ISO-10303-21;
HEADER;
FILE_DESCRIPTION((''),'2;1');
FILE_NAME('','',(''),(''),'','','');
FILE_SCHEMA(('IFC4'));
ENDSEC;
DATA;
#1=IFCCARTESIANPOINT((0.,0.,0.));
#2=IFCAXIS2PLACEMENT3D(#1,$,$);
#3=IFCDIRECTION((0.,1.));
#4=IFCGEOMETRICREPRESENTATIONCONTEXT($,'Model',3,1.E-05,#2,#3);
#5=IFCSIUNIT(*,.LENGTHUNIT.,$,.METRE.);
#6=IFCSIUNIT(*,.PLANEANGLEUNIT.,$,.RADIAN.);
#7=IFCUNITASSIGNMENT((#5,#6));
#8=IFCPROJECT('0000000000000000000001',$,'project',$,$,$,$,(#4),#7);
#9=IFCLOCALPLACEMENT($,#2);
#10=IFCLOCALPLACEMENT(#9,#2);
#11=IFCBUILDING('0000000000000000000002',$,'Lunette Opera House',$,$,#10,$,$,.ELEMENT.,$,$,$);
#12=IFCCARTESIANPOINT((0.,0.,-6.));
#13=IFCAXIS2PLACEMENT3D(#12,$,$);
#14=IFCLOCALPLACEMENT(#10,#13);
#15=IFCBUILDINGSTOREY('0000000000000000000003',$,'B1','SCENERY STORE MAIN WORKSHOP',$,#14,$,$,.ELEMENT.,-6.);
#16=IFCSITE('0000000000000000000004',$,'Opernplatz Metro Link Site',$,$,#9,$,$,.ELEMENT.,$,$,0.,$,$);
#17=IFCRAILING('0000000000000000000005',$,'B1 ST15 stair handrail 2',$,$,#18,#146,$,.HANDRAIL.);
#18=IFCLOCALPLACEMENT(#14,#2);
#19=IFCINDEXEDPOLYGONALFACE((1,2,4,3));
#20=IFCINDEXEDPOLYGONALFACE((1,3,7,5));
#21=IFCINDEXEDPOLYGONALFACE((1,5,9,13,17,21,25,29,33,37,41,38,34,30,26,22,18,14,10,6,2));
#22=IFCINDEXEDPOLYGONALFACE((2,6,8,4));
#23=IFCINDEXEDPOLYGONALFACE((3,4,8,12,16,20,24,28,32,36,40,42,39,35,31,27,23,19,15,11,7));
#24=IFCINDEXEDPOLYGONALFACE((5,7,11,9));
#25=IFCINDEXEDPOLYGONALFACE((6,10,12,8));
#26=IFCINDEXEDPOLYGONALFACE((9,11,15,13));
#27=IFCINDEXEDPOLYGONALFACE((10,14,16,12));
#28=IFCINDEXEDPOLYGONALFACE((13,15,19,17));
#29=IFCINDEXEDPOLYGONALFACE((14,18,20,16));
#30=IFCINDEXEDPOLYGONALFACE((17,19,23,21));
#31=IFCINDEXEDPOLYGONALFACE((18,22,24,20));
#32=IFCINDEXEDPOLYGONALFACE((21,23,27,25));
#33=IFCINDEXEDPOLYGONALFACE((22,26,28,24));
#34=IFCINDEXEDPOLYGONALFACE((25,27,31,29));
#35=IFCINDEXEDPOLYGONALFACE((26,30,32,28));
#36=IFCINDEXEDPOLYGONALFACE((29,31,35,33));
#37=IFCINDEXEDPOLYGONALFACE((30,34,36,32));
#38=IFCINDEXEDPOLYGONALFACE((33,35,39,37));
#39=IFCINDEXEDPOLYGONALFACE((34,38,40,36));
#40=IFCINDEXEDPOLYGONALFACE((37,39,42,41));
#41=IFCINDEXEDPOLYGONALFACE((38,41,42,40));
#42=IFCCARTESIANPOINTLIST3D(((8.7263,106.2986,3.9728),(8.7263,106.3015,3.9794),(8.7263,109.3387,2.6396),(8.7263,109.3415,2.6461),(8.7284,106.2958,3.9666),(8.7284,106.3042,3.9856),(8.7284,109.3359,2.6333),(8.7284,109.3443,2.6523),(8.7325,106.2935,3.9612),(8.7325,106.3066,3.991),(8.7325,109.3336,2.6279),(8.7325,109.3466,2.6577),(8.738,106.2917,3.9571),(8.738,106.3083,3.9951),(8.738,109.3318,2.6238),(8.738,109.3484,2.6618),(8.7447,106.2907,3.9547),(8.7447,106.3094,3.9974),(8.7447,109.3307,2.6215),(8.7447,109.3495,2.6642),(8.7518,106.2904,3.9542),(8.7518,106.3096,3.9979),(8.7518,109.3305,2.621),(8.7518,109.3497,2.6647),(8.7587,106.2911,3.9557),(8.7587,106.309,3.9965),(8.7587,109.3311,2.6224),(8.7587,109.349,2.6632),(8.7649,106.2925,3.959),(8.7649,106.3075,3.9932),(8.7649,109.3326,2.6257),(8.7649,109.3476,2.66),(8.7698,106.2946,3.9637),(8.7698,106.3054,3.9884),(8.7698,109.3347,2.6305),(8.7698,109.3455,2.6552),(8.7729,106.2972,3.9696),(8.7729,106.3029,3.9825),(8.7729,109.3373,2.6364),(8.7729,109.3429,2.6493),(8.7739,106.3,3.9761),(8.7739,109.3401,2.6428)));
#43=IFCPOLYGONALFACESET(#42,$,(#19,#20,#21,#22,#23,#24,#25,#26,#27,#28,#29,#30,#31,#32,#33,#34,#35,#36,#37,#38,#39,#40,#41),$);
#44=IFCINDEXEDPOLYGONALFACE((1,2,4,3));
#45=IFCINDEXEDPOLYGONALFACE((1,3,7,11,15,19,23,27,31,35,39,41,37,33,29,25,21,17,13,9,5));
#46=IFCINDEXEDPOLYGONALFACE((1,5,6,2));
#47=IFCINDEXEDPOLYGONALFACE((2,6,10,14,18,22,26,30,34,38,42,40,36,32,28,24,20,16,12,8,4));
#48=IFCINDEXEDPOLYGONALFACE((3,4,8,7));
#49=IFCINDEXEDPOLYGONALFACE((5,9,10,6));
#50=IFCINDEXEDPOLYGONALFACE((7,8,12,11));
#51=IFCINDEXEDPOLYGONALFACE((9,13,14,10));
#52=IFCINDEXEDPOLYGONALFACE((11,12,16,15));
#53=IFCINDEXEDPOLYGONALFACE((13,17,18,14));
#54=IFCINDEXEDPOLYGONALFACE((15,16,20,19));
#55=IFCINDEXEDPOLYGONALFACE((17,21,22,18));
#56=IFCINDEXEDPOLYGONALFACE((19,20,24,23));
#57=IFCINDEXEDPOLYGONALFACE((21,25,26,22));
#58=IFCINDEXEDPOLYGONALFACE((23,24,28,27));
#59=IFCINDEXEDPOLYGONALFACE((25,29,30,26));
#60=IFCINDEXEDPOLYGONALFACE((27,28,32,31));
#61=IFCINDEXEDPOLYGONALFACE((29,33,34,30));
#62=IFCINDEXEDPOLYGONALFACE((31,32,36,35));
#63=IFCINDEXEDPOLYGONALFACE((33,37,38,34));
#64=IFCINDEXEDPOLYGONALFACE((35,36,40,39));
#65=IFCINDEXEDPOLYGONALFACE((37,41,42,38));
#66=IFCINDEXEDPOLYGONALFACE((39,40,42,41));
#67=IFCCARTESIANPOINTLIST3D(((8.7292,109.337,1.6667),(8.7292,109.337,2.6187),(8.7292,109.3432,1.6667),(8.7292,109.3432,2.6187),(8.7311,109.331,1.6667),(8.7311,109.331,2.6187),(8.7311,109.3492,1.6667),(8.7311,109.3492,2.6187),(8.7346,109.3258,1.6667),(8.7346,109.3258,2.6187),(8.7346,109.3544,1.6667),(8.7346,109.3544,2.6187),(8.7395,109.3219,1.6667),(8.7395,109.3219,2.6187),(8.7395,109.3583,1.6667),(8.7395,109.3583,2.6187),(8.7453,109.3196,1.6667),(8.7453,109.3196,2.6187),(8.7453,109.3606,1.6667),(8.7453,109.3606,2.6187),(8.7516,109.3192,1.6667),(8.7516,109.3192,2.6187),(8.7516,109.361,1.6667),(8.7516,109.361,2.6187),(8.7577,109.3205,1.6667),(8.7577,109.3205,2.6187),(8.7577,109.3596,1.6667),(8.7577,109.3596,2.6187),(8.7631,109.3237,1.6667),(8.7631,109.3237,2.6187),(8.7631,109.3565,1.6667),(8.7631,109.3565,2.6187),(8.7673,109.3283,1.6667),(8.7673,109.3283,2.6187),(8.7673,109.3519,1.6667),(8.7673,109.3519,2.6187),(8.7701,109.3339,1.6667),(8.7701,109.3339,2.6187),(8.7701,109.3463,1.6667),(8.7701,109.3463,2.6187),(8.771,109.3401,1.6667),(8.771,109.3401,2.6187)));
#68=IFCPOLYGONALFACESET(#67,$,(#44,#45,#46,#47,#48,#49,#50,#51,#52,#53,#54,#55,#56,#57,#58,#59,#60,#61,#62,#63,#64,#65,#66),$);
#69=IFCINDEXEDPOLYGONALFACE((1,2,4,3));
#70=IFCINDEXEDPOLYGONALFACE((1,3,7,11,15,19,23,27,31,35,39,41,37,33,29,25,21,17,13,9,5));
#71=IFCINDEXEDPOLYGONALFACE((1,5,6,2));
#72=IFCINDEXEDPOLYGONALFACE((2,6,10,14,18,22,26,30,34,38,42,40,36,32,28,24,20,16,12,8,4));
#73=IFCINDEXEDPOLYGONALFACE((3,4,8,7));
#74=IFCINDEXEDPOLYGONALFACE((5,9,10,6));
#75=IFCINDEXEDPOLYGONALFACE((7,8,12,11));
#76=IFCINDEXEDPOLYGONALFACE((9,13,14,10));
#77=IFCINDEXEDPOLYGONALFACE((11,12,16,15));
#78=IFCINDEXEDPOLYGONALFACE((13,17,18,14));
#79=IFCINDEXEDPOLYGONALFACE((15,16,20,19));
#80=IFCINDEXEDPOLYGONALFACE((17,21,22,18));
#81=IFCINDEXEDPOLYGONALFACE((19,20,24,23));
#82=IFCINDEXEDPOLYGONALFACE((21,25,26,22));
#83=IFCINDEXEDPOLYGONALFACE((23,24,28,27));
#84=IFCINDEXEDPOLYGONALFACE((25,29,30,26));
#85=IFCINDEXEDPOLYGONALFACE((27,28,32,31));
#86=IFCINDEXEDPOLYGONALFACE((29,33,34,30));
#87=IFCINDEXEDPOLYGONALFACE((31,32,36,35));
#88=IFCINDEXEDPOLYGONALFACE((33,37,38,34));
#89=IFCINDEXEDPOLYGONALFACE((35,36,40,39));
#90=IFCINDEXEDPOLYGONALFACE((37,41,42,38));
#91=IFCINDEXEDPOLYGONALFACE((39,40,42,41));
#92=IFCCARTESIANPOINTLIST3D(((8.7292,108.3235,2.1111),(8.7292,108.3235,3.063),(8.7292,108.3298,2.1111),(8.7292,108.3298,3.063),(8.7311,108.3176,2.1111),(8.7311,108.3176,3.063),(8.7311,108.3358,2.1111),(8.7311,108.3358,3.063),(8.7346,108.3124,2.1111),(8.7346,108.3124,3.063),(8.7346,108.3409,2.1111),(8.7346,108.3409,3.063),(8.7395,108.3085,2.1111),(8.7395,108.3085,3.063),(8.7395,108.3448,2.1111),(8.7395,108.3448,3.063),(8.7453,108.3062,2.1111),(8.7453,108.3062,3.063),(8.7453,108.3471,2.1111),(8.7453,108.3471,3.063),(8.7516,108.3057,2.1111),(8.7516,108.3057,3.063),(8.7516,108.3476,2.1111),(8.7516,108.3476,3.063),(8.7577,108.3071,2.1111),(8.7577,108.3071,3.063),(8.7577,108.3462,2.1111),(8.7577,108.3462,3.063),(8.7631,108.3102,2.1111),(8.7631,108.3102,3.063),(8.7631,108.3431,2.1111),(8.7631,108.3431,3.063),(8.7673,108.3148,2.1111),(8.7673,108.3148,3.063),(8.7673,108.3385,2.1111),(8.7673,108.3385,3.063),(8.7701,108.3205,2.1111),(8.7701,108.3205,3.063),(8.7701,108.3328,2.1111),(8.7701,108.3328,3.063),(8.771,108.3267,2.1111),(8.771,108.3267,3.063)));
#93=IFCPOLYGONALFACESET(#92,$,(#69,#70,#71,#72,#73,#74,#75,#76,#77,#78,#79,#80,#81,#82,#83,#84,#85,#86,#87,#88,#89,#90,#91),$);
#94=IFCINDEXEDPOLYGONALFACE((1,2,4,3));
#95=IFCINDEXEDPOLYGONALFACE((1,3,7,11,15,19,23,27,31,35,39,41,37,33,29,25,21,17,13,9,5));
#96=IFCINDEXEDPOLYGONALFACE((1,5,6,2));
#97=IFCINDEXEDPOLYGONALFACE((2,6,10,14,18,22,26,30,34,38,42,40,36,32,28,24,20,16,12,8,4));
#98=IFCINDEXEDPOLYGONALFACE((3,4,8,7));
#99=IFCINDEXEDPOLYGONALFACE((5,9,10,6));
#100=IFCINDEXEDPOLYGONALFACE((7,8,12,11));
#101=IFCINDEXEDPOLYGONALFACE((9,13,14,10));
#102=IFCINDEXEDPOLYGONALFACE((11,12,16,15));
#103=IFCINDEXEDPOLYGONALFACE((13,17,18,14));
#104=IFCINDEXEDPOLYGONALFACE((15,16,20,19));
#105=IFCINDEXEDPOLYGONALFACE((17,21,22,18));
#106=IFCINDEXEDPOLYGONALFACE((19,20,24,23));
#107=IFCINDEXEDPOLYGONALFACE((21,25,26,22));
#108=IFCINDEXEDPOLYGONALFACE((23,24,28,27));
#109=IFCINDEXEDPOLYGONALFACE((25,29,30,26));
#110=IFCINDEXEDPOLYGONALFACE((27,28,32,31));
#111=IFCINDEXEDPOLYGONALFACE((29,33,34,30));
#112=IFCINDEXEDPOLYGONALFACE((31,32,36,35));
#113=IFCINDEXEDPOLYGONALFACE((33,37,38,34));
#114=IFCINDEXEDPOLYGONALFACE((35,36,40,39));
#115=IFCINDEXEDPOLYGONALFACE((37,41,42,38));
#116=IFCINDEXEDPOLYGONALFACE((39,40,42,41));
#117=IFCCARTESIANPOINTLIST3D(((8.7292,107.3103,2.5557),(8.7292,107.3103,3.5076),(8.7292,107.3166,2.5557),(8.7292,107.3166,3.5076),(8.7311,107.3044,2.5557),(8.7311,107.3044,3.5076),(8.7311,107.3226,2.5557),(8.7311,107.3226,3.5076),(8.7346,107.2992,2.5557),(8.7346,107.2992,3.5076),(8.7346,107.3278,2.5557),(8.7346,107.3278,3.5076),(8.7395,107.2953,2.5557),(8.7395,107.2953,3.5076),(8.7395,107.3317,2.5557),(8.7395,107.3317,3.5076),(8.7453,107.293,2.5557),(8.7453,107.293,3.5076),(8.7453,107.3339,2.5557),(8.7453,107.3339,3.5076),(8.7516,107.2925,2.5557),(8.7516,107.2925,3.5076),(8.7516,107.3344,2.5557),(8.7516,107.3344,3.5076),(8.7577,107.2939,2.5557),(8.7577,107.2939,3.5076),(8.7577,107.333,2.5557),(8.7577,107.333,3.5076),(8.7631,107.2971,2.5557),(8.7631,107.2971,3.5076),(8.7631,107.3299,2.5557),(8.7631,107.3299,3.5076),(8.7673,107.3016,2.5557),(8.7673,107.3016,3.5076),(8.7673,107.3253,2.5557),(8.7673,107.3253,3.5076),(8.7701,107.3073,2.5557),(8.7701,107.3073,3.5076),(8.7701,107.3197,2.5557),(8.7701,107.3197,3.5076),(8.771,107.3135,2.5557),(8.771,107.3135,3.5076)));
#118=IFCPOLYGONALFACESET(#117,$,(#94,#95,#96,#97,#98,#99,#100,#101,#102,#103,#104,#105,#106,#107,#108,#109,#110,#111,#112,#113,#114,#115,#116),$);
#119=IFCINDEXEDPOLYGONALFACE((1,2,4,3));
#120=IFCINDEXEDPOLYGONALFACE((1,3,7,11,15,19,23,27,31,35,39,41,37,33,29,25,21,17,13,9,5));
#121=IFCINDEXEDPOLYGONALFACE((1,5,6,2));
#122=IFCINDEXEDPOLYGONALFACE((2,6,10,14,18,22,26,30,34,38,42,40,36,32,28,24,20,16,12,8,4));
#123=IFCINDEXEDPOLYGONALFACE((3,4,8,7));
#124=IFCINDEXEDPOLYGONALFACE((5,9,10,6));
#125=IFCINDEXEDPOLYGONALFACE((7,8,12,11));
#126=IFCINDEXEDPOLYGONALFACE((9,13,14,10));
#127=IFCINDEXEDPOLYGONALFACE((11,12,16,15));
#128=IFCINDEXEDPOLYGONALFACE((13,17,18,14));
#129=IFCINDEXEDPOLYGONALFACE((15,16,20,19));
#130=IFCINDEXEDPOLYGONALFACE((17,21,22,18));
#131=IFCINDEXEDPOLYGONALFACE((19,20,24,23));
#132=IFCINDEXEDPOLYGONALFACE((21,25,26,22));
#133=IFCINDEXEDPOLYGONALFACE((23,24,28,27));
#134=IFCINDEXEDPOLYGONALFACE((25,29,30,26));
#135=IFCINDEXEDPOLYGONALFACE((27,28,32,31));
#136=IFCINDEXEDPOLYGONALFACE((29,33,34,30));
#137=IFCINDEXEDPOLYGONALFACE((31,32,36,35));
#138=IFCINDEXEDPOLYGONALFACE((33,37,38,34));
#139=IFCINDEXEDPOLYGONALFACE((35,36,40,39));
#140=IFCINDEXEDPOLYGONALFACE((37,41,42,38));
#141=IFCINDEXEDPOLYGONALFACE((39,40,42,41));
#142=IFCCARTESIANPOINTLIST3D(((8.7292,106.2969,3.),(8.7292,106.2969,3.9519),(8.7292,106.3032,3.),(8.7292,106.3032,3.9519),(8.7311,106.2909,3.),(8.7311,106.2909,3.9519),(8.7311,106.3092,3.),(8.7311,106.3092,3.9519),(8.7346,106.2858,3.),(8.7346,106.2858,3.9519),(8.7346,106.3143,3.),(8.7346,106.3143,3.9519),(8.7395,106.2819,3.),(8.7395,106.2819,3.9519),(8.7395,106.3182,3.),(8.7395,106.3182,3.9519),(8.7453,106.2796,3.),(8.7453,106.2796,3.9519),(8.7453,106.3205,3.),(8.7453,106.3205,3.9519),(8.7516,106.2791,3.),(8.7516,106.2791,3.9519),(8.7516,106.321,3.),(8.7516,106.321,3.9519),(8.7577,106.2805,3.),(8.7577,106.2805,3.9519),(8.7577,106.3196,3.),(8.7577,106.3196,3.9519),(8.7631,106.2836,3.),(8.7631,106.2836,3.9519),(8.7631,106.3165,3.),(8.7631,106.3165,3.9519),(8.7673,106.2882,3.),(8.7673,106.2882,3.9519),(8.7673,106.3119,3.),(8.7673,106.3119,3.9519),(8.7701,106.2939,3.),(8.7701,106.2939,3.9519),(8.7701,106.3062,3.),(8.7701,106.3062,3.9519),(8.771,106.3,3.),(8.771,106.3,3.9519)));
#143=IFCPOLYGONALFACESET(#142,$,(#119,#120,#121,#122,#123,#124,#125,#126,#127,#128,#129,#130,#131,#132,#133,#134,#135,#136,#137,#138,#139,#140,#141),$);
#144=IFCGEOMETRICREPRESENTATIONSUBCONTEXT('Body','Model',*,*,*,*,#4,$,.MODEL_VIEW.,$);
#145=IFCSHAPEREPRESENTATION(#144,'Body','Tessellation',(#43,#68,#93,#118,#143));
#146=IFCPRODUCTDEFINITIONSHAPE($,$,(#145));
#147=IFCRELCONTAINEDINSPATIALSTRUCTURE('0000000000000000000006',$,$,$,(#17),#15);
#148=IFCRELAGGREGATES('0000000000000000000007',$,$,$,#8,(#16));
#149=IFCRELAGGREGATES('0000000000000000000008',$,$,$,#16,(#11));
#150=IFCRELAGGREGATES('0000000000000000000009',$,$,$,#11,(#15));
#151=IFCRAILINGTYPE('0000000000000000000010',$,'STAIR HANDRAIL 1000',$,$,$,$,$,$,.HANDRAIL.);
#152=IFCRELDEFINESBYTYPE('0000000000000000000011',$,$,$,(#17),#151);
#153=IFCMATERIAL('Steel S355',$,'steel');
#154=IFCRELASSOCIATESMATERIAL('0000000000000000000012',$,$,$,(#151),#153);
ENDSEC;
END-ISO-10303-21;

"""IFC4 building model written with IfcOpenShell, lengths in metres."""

from ifc_helpers import new_model, si_unit, direction, frame, origin, origin_2d, place, context, subcontext, project, spatial, circle, extrude, material, type_object, element, save


model = new_model("IFC4")

# Units and contexts
model_context = context("Model", 3, precision=1e-05, world=origin(), true_north=direction((0.0, 1.0)))
body_context = subcontext(model_context, "Body", "Model", "MODEL_VIEW")
ifc_project = project(units=[si_unit("LENGTHUNIT", "METRE"), si_unit("PLANEANGLEUNIT", "RADIAN")], contexts=[model_context])

# Site, building, storey
site_placement = place(None, origin())
site = spatial("IfcSite", under=ifc_project, at=site_placement, Name="Opernplatz Metro Link Site", CompositionType="ELEMENT", RefElevation=0.0)
building_placement = place(site_placement, origin())
building = spatial("IfcBuilding", under=site, at=building_placement, Name="Lunette Opera House", CompositionType="ELEMENT")
storey_placement = place(building_placement, frame((0.0, 0.0, -6.0)))
storey = spatial("IfcBuildingStorey", under=building, at=storey_placement, Name="B1", Description="SCENERY STORE MAIN WORKSHOP", CompositionType="ELEMENT", Elevation=-6.0)

# Railing
ifc_material_1 = material(Name="Steel S355", Category="steel")
railing_type_1 = type_object("IfcRailingType", Name="STAIR HANDRAIL 1000", PredefinedType="HANDRAIL", material=ifc_material_1)
for number, where, name in (
    (1, (8.75, 109.3401, 1.6667), "B1 ST15 stair handrail 2"),
):
    element("IfcRailing", number, at=place(storey_placement, frame(where)), inside=storey, type_object=railing_type_1, Name=name, PredefinedType="HANDRAIL", context=body_context, shape_type="SweptSolid", body=[
        extrude(circle(Radius=0.0239, at=origin_2d()), frame((0.0, 0.0, 0.9761), z_axis=(0.0, -0.915799, 0.401637), x_axis=(1.0, 0.0, 0.0)), (0.0, 0.0, 1.0), 3.3196),
        extrude(circle(Radius=0.021, at=origin_2d()), origin(), (0.0, 0.0, 1.0), 0.9519),
        extrude(circle(Radius=0.021, at=origin_2d()), frame((0.0, -1.0134, 0.4443)), (0.0, 0.0, 1.0), 0.9519),
        extrude(circle(Radius=0.021, at=origin_2d()), frame((0.0, -2.0266, 0.8889)), (0.0, 0.0, 1.0), 0.9519),
        extrude(circle(Radius=0.021, at=origin_2d()), frame((0.0, -3.04, 1.3333)), (0.0, 0.0, 1.0), 0.9519),
    ])

save(model, "model.ifc")
